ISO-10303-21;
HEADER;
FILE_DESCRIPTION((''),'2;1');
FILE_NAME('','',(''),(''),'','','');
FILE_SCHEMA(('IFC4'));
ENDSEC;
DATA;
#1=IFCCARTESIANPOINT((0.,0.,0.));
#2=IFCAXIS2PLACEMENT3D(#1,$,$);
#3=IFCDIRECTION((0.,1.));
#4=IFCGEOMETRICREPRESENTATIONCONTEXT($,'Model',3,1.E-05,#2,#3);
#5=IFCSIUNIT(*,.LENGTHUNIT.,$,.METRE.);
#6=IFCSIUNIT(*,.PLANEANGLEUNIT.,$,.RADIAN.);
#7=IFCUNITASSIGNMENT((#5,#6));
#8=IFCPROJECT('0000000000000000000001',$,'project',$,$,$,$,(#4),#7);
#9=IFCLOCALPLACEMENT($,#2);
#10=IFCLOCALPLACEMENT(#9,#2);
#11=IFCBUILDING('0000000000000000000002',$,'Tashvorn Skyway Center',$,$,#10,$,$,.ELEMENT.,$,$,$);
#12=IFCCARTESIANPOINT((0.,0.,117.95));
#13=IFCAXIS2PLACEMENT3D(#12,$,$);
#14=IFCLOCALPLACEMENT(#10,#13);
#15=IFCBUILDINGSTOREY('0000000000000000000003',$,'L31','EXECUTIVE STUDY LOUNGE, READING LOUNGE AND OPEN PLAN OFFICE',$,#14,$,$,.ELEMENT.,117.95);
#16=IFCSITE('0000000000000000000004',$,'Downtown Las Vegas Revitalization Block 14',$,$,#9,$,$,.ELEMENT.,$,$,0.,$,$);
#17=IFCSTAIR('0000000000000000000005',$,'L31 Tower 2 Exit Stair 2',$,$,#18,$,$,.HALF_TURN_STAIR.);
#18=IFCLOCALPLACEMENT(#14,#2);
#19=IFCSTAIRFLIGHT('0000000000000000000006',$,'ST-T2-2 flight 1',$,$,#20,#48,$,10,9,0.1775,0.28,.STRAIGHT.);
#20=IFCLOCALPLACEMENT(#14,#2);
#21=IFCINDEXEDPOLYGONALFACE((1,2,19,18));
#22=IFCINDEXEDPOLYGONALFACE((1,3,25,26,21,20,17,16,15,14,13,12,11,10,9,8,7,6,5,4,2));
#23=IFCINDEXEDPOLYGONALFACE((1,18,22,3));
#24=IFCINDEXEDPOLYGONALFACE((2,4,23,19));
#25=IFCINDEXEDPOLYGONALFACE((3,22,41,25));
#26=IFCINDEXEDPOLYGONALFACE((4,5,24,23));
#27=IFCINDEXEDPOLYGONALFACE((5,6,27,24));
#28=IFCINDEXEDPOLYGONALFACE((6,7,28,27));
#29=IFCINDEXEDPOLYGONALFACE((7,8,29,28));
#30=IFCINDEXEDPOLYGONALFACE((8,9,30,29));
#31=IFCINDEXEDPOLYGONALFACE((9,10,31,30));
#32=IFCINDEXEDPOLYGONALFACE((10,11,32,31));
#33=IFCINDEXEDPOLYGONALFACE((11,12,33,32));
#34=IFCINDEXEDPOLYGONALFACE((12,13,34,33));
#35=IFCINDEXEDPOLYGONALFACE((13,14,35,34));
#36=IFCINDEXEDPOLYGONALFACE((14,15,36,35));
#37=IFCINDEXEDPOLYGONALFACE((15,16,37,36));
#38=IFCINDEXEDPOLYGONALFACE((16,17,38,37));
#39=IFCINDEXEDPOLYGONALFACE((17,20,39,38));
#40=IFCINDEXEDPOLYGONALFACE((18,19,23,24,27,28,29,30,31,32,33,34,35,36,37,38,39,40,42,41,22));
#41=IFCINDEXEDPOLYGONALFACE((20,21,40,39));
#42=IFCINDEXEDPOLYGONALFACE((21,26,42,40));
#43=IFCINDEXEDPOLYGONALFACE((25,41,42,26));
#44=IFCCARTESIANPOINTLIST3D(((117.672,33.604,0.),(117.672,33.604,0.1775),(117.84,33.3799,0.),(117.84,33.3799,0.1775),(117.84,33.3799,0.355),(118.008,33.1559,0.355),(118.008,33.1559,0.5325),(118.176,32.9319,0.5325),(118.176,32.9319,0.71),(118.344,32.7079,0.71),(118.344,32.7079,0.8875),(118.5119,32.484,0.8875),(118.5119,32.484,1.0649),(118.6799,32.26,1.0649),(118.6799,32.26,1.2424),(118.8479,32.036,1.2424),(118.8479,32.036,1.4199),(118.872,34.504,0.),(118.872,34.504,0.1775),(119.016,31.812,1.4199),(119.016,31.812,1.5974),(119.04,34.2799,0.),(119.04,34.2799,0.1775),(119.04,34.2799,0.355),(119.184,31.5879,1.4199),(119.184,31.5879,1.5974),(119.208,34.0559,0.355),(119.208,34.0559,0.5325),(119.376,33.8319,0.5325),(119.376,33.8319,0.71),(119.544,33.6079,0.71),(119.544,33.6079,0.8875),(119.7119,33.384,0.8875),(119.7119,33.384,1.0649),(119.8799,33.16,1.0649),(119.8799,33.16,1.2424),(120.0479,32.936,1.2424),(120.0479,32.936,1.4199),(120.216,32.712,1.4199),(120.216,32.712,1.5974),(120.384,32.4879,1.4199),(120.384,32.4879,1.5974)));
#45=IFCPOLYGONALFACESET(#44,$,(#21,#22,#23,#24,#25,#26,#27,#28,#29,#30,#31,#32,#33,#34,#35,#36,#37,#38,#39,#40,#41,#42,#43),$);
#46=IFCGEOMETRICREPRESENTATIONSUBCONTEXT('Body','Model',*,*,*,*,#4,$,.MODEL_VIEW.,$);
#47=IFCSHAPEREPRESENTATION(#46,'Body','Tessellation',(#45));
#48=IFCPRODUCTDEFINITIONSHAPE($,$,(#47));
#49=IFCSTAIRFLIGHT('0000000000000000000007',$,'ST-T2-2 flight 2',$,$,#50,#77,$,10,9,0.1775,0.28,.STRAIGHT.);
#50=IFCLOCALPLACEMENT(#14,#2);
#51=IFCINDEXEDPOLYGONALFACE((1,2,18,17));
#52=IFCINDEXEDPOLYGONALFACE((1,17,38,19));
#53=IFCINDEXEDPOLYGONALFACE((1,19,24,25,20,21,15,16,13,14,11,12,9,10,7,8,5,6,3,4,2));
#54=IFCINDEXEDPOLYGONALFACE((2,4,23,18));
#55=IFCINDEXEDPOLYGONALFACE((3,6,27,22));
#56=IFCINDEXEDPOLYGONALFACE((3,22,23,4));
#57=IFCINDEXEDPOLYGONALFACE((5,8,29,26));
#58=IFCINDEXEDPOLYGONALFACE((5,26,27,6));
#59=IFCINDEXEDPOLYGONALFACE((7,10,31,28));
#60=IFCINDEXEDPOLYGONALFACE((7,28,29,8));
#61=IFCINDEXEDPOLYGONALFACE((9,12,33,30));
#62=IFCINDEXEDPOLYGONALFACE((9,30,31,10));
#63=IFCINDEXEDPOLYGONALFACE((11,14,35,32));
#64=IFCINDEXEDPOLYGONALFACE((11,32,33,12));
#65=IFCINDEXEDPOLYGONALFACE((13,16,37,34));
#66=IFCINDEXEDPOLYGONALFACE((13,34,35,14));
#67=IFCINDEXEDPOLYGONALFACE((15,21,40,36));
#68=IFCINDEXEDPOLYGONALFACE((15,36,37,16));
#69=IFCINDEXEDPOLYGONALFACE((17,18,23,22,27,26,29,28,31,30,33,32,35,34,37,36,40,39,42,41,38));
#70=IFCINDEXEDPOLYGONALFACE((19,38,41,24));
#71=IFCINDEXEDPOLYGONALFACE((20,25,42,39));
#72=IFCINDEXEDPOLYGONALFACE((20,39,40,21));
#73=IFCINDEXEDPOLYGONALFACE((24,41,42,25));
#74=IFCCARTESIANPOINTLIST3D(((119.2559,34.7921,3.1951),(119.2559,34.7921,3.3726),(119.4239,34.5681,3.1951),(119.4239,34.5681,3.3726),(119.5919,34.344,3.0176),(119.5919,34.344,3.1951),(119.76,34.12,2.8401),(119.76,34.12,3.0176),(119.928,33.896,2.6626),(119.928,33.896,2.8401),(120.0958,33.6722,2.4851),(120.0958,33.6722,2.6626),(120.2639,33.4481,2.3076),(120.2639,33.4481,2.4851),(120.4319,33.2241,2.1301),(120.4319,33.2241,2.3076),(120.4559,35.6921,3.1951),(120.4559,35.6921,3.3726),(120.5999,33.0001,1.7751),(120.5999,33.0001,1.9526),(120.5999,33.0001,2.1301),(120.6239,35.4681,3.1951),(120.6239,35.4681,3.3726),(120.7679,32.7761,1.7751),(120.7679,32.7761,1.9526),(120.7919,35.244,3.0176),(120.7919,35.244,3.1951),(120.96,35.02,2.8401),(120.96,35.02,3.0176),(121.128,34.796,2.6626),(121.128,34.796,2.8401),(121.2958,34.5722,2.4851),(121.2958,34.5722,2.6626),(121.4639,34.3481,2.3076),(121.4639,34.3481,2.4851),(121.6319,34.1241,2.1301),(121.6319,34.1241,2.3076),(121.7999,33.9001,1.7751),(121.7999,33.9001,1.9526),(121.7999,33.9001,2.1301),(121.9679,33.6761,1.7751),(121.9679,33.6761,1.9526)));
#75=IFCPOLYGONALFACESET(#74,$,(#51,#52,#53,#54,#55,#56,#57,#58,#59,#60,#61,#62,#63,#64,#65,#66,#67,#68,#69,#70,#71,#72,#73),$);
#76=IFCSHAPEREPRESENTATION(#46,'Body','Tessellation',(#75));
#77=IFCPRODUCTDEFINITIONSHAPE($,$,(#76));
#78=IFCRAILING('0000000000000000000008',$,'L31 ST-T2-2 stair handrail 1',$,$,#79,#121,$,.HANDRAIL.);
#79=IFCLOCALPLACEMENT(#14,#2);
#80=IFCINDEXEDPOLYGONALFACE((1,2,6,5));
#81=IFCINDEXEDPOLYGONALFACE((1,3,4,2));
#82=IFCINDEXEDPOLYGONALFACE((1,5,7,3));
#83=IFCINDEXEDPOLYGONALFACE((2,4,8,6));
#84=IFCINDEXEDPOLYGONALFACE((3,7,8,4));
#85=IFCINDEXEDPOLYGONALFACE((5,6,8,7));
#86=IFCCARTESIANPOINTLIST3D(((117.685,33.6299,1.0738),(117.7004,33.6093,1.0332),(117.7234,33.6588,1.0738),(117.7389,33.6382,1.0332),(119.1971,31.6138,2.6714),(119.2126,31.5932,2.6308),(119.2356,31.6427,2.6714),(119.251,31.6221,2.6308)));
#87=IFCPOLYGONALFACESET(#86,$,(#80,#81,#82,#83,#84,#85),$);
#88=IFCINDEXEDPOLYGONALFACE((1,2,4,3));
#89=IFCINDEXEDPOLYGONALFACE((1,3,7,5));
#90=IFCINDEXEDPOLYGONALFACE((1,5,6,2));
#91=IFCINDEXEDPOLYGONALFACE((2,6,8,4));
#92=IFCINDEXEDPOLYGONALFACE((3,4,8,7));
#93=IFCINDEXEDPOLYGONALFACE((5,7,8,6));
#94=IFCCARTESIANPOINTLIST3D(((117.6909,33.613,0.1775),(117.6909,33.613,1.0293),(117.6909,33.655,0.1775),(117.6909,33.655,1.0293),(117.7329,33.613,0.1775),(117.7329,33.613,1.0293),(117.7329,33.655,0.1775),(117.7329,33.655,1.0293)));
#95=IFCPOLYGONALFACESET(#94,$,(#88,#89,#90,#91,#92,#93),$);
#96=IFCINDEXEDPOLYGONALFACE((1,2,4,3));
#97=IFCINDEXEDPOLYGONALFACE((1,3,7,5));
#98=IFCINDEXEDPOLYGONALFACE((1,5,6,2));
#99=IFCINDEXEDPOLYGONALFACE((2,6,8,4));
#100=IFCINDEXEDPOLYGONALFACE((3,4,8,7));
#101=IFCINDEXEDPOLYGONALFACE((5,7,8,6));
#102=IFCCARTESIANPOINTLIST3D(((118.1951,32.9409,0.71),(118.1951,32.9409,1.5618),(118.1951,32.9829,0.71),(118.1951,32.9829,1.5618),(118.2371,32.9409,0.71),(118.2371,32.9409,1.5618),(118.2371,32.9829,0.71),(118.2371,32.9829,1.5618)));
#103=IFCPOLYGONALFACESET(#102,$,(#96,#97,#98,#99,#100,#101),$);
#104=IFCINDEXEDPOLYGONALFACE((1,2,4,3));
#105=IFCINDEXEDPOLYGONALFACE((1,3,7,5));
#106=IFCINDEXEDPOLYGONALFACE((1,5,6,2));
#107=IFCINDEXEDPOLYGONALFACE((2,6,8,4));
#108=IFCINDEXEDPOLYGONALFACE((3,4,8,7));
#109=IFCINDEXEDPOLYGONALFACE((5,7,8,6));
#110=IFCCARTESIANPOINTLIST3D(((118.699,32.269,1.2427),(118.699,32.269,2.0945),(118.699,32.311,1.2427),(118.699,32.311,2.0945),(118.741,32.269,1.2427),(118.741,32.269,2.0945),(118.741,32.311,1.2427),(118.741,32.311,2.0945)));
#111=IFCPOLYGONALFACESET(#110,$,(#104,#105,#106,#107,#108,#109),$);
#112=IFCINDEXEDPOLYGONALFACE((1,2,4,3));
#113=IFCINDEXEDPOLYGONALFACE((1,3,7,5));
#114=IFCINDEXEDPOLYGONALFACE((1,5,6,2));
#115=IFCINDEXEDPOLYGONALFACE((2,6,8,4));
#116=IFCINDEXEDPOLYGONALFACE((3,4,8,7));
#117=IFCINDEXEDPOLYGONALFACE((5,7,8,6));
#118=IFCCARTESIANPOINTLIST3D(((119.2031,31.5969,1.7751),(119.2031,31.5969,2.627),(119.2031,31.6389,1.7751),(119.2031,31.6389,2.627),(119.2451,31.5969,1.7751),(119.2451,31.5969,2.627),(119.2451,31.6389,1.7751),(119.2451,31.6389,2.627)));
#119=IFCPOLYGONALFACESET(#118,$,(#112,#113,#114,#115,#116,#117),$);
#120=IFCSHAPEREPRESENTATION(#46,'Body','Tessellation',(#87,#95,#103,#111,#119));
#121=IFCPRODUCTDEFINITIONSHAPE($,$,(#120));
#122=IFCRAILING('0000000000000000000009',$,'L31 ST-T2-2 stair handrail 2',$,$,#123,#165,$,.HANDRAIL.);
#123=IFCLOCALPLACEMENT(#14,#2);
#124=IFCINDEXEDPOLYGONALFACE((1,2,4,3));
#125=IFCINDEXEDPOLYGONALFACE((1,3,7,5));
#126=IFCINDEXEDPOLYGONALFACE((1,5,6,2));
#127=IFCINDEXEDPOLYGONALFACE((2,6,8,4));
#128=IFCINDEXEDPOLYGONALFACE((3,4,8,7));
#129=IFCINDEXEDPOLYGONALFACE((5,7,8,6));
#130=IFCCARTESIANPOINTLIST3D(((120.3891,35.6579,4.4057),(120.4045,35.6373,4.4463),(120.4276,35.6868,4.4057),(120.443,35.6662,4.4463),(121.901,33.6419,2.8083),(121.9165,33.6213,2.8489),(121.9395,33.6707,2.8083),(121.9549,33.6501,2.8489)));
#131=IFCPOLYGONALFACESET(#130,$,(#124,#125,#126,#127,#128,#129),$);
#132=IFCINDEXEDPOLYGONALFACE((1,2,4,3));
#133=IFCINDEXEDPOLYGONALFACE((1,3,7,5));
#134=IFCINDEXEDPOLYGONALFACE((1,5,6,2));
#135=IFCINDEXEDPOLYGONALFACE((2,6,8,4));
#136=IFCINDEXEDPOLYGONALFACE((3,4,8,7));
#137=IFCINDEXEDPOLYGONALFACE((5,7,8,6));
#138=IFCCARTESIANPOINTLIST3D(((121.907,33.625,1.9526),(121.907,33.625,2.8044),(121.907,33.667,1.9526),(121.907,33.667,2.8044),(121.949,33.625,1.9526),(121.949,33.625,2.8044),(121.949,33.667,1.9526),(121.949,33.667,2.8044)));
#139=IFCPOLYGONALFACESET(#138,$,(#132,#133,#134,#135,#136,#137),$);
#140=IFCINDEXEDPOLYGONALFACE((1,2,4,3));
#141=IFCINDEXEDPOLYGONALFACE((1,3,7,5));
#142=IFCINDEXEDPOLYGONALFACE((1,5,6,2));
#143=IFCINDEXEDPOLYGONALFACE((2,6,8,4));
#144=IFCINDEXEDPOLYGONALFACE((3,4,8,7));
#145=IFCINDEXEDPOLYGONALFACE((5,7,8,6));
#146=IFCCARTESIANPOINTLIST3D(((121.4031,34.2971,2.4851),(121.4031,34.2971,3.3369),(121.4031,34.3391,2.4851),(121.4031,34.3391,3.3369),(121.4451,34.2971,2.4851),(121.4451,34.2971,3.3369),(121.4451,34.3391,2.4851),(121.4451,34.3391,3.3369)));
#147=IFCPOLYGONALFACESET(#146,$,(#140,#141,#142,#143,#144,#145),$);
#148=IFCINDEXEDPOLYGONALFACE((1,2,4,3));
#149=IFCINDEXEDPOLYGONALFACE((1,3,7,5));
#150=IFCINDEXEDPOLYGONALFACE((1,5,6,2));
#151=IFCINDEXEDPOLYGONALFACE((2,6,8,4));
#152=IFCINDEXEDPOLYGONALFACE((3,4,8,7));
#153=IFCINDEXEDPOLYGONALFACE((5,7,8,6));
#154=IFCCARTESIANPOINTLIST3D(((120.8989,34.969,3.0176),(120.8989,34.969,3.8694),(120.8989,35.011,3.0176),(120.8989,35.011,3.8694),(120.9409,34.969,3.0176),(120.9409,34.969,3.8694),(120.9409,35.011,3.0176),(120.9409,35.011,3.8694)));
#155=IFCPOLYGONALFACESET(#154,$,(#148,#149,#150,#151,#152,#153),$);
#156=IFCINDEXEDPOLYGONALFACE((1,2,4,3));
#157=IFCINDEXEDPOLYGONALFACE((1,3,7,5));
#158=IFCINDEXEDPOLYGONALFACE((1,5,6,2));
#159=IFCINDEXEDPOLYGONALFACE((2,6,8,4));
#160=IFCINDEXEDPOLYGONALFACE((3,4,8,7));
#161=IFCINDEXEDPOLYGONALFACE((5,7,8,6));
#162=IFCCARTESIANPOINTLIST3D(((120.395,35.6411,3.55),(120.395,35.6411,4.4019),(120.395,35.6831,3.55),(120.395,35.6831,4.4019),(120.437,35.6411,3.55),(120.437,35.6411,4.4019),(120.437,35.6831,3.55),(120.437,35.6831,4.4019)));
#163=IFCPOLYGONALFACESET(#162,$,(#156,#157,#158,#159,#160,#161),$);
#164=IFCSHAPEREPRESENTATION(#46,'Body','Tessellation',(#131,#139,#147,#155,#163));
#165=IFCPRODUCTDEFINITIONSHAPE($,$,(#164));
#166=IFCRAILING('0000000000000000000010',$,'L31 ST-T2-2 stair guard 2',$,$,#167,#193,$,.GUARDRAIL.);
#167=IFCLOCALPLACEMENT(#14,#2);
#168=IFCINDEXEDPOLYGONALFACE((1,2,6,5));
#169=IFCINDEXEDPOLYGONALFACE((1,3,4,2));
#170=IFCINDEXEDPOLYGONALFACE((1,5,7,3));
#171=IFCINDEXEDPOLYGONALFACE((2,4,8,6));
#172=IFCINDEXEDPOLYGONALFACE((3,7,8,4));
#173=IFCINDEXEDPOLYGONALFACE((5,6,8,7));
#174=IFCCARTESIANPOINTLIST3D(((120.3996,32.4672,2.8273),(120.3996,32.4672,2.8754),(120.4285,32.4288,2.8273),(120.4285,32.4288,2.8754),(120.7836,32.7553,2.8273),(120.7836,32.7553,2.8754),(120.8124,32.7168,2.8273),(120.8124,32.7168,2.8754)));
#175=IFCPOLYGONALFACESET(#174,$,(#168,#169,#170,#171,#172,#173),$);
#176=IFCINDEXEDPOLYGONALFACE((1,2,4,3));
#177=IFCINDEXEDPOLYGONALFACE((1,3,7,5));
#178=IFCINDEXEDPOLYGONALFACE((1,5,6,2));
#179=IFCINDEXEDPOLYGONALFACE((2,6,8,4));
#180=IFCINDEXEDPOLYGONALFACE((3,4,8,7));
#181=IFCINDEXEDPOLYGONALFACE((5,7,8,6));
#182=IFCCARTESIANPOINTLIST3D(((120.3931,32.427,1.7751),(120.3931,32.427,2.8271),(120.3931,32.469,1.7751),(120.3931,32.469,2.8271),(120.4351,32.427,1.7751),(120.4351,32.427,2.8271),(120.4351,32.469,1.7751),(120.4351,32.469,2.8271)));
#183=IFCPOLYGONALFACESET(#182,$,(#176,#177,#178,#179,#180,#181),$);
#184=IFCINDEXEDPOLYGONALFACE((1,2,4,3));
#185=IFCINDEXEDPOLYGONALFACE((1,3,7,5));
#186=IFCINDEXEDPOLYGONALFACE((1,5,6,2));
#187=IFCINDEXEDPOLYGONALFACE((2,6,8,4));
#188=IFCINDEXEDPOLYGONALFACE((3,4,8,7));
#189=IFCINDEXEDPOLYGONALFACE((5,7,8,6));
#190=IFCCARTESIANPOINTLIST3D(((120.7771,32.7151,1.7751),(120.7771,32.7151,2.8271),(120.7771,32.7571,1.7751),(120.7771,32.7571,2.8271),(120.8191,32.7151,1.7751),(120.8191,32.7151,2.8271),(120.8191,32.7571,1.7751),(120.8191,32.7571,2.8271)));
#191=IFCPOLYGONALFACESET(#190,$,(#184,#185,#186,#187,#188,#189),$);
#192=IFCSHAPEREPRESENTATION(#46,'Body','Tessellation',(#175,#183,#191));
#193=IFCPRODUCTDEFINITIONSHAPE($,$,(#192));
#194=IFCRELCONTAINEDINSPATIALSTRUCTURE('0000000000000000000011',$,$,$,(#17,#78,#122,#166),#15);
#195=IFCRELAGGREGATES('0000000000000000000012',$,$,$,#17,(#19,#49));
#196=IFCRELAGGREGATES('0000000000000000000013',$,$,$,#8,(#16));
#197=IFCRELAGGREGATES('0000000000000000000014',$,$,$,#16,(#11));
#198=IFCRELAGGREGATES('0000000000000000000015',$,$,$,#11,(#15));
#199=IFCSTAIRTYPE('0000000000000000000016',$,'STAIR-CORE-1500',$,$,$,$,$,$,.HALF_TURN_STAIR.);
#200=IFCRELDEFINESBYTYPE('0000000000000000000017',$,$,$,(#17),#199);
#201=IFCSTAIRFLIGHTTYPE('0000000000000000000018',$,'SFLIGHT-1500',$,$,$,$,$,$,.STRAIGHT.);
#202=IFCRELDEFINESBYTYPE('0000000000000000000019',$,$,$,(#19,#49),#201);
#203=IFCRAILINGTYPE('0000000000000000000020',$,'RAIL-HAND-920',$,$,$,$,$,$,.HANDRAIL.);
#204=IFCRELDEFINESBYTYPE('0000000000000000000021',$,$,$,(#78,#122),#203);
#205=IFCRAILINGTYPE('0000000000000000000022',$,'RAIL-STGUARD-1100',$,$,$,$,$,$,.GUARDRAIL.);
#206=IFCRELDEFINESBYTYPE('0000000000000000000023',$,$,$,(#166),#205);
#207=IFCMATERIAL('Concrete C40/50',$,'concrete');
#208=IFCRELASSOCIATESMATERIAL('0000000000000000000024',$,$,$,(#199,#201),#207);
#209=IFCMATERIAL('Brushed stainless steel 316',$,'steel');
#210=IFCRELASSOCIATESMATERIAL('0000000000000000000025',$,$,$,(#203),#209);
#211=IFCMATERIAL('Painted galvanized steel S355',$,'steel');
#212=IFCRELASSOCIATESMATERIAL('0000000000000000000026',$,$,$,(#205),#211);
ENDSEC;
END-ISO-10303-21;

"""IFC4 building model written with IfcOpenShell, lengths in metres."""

from ifc_helpers import new_model, si_unit, direction, frame, origin, origin_2d, place, context, subcontext, project, spatial, polyline, rectangle, outline, extrude, material, type_object, element, aggregate, save


model = new_model("IFC4")

# Units and contexts
model_context = context("Model", 3, precision=1e-05, world=origin(), true_north=direction((0.0, 1.0)))
body_context = subcontext(model_context, "Body", "Model", "MODEL_VIEW")
ifc_project = project(units=[si_unit("LENGTHUNIT", "METRE"), si_unit("PLANEANGLEUNIT", "RADIAN")], contexts=[model_context])

# Site, building, storey
site_placement = place(None, origin())
site = spatial("IfcSite", under=ifc_project, at=site_placement, Name="Downtown Las Vegas Revitalization Block 14", CompositionType="ELEMENT", RefElevation=0.0)
building_placement = place(site_placement, origin())
building = spatial("IfcBuilding", under=site, at=building_placement, Name="Tashvorn Skyway Center", CompositionType="ELEMENT")
storey_placement = place(building_placement, frame((0.0, 0.0, 117.95)))
storey = spatial("IfcBuildingStorey", under=building, at=storey_placement, Name="L31", Description="EXECUTIVE STUDY LOUNGE, READING LOUNGE AND OPEN PLAN OFFICE", CompositionType="ELEMENT", Elevation=117.95)

# Shared definitions
ifc_material_1 = material(Name="Concrete C40/50", Category="concrete")

# Stair, stair flights
stair_type = type_object("IfcStairType", Name="STAIR-CORE-1500", PredefinedType="HALF_TURN_STAIR", material=ifc_material_1)
stair_placement = place(storey_placement, origin())
stair = element("IfcStair", 1, at=stair_placement, inside=storey, type_object=stair_type, Name="L31 Tower 2 Exit Stair 2", PredefinedType="HALF_TURN_STAIR")
stair_flight_type = type_object("IfcStairFlightType", Name="SFLIGHT-1500", PredefinedType="STRAIGHT", material=ifc_material_1)
stair_flight_1_placement = place(storey_placement, frame((118.272, 34.054, 0.0), z_axis=(0.0, 0.0, 1.0), x_axis=(0.6, -0.8, 0.0)))
stair_flight_1 = element("IfcStairFlight", 2, at=stair_flight_1_placement, type_object=stair_flight_type, Name="ST-T2-2 flight 1", NumberOfRisers=10, NumberOfTreads=9, PredefinedType="STRAIGHT", RiserHeight=0.1775, TreadLength=0.28, context=body_context, shape_type="SweptSolid", body=[
    extrude(outline(polyline([(0.0, 0.0), (0.0, 0.1775), (0.28, 0.1775), (0.28, 0.355), (0.5601, 0.355), (0.5601, 0.5325), (0.8401, 0.5325), (0.8401, 0.71), (1.1201, 0.71), (1.1201, 0.8875), (1.3999, 0.8875), (1.3999, 1.0649), (1.6799, 1.0649), (1.6799, 1.2424), (1.96, 1.2424), (1.96, 1.4199), (2.24, 1.4199), (2.24, 1.5974), (2.52, 1.5974), (2.52, 1.7749), (2.52, 1.4199), (0.28, 0.0), (0.0, 0.0)])), frame((0.0, 0.75, 0.0), z_axis=(0.0, -1.0, 0.0), x_axis=(1.0, 0.0, 0.0)), (0.0, 0.0, 1.0), 1.5),
])
stair_flight_2_placement = place(storey_placement, frame((121.3679, 33.2261, 1.7751), z_axis=(0.0, 0.0, 1.0), x_axis=(-0.6, 0.8, 0.0)))
stair_flight_2 = element("IfcStairFlight", 3, at=stair_flight_2_placement, type_object=stair_flight_type, Name="ST-T2-2 flight 2", NumberOfRisers=10, NumberOfTreads=9, PredefinedType="STRAIGHT", RiserHeight=0.1775, TreadLength=0.28, context=body_context, shape_type="SweptSolid", body=[
    extrude(outline(polyline([(0.0, 0.0), (0.0, 0.1775), (0.28, 0.1775), (0.28, 0.355), (0.5601, 0.355), (0.5601, 0.5325), (0.8401, 0.5325), (0.8401, 0.71), (1.1201, 0.71), (1.1201, 0.8875), (1.3999, 0.8875), (1.3999, 1.0649), (1.6799, 1.0649), (1.6799, 1.2424), (1.96, 1.2424), (1.96, 1.4199), (2.24, 1.4199), (2.24, 1.5974), (2.52, 1.5974), (2.52, 1.7749), (2.52, 1.4199), (0.28, 0.0), (0.0, 0.0)])), frame((0.0, 0.75, 0.0), z_axis=(0.0, -1.0, 0.0), x_axis=(1.0, 0.0, 0.0)), (0.0, 0.0, 1.0), 1.5),
])
aggregate(stair, [stair_flight_1, stair_flight_2])

# Railings
ifc_material_2 = material(Name="Brushed stainless steel 316", Category="steel")
railing_type_1 = type_object("IfcRailingType", Name="RAIL-HAND-920", PredefinedType="HANDRAIL", material=ifc_material_2)
railing_1_placement = place(storey_placement, frame((117.7119, 33.634, 0.1775)))
element("IfcRailing", 4, at=railing_1_placement, inside=storey, type_object=railing_type_1, Name="L31 ST-T2-2 stair handrail 1", PredefinedType="HANDRAIL", context=body_context, shape_type="SweptSolid", body=[
    extrude(rectangle(XDim=0.0481, YDim=0.0481, at=origin_2d()), frame((0.0, 0.0, 0.876), z_axis=(0.506779, -0.675651, 0.535416), x_axis=(0.799977, 0.600031, 0.0)), (0.0, 0.0, 1.0), 2.9839),
    extrude(rectangle(XDim=0.042, YDim=0.042, at=origin_2d()), origin(), (0.0, 0.0, 1.0), 0.8518),
    extrude(rectangle(XDim=0.042, YDim=0.042, at=origin_2d()), frame((0.5042, -0.6721, 0.5325)), (0.0, 0.0, 1.0), 0.8518),
    extrude(rectangle(XDim=0.042, YDim=0.042, at=origin_2d()), frame((1.0081, -1.344, 1.0652)), (0.0, 0.0, 1.0), 0.8518),
    extrude(rectangle(XDim=0.042, YDim=0.042, at=origin_2d()), frame((1.5122, -2.0161, 1.5977)), (0.0, 0.0, 1.0), 0.8518),
])
railing_2_placement = place(storey_placement, frame((121.928, 33.646, 1.9526)))
element("IfcRailing", 5, at=railing_2_placement, inside=storey, type_object=railing_type_1, Name="L31 ST-T2-2 stair handrail 2", PredefinedType="HANDRAIL", context=body_context, shape_type="SweptSolid", body=[
    extrude(rectangle(XDim=0.0481, YDim=0.0481, at=origin_2d()), frame((0.0, 0.0, 0.876), z_axis=(-0.506741, 0.675709, 0.535379), x_axis=(-0.800023, -0.599969, 0.0)), (0.0, 0.0, 1.0), 2.9836),
    extrude(rectangle(XDim=0.042, YDim=0.042, at=origin_2d()), origin(), (0.0, 0.0, 1.0), 0.8518),
    extrude(rectangle(XDim=0.042, YDim=0.042, at=origin_2d()), frame((-0.5039, 0.6721, 0.5325)), (0.0, 0.0, 1.0), 0.8518),
    extrude(rectangle(XDim=0.042, YDim=0.042, at=origin_2d()), frame((-1.0081, 1.344, 1.0649)), (0.0, 0.0, 1.0), 0.8518),
    extrude(rectangle(XDim=0.042, YDim=0.042, at=origin_2d()), frame((-1.512, 2.0161, 1.5974)), (0.0, 0.0, 1.0), 0.8518),
])
ifc_material_3 = material(Name="Painted galvanized steel S355", Category="steel")
railing_type_2 = type_object("IfcRailingType", Name="RAIL-STGUARD-1100", PredefinedType="GUARDRAIL", material=ifc_material_3)
railing_3_placement = place(storey_placement, frame((120.4141, 32.448, 1.7751)))
element("IfcRailing", 6, at=railing_3_placement, inside=storey, type_object=railing_type_2, Name="L31 ST-T2-2 stair guard 2", PredefinedType="GUARDRAIL", context=body_context, shape_type="SweptSolid", body=[
    extrude(rectangle(XDim=0.0481, YDim=0.0481, at=origin_2d()), frame((0.0, 0.0, 1.0762), z_axis=(0.799939, 0.600081, 0.0), x_axis=(-0.600081, 0.799939, 0.0)), (0.0, 0.0, 1.0), 0.48),
    extrude(rectangle(XDim=0.042, YDim=0.042, at=origin_2d()), origin(), (0.0, 0.0, 1.0), 1.052),
    extrude(rectangle(XDim=0.042, YDim=0.042, at=origin_2d()), frame((0.384, 0.2881, 0.0)), (0.0, 0.0, 1.0), 1.052),
])

save(model, "model.ifc")
